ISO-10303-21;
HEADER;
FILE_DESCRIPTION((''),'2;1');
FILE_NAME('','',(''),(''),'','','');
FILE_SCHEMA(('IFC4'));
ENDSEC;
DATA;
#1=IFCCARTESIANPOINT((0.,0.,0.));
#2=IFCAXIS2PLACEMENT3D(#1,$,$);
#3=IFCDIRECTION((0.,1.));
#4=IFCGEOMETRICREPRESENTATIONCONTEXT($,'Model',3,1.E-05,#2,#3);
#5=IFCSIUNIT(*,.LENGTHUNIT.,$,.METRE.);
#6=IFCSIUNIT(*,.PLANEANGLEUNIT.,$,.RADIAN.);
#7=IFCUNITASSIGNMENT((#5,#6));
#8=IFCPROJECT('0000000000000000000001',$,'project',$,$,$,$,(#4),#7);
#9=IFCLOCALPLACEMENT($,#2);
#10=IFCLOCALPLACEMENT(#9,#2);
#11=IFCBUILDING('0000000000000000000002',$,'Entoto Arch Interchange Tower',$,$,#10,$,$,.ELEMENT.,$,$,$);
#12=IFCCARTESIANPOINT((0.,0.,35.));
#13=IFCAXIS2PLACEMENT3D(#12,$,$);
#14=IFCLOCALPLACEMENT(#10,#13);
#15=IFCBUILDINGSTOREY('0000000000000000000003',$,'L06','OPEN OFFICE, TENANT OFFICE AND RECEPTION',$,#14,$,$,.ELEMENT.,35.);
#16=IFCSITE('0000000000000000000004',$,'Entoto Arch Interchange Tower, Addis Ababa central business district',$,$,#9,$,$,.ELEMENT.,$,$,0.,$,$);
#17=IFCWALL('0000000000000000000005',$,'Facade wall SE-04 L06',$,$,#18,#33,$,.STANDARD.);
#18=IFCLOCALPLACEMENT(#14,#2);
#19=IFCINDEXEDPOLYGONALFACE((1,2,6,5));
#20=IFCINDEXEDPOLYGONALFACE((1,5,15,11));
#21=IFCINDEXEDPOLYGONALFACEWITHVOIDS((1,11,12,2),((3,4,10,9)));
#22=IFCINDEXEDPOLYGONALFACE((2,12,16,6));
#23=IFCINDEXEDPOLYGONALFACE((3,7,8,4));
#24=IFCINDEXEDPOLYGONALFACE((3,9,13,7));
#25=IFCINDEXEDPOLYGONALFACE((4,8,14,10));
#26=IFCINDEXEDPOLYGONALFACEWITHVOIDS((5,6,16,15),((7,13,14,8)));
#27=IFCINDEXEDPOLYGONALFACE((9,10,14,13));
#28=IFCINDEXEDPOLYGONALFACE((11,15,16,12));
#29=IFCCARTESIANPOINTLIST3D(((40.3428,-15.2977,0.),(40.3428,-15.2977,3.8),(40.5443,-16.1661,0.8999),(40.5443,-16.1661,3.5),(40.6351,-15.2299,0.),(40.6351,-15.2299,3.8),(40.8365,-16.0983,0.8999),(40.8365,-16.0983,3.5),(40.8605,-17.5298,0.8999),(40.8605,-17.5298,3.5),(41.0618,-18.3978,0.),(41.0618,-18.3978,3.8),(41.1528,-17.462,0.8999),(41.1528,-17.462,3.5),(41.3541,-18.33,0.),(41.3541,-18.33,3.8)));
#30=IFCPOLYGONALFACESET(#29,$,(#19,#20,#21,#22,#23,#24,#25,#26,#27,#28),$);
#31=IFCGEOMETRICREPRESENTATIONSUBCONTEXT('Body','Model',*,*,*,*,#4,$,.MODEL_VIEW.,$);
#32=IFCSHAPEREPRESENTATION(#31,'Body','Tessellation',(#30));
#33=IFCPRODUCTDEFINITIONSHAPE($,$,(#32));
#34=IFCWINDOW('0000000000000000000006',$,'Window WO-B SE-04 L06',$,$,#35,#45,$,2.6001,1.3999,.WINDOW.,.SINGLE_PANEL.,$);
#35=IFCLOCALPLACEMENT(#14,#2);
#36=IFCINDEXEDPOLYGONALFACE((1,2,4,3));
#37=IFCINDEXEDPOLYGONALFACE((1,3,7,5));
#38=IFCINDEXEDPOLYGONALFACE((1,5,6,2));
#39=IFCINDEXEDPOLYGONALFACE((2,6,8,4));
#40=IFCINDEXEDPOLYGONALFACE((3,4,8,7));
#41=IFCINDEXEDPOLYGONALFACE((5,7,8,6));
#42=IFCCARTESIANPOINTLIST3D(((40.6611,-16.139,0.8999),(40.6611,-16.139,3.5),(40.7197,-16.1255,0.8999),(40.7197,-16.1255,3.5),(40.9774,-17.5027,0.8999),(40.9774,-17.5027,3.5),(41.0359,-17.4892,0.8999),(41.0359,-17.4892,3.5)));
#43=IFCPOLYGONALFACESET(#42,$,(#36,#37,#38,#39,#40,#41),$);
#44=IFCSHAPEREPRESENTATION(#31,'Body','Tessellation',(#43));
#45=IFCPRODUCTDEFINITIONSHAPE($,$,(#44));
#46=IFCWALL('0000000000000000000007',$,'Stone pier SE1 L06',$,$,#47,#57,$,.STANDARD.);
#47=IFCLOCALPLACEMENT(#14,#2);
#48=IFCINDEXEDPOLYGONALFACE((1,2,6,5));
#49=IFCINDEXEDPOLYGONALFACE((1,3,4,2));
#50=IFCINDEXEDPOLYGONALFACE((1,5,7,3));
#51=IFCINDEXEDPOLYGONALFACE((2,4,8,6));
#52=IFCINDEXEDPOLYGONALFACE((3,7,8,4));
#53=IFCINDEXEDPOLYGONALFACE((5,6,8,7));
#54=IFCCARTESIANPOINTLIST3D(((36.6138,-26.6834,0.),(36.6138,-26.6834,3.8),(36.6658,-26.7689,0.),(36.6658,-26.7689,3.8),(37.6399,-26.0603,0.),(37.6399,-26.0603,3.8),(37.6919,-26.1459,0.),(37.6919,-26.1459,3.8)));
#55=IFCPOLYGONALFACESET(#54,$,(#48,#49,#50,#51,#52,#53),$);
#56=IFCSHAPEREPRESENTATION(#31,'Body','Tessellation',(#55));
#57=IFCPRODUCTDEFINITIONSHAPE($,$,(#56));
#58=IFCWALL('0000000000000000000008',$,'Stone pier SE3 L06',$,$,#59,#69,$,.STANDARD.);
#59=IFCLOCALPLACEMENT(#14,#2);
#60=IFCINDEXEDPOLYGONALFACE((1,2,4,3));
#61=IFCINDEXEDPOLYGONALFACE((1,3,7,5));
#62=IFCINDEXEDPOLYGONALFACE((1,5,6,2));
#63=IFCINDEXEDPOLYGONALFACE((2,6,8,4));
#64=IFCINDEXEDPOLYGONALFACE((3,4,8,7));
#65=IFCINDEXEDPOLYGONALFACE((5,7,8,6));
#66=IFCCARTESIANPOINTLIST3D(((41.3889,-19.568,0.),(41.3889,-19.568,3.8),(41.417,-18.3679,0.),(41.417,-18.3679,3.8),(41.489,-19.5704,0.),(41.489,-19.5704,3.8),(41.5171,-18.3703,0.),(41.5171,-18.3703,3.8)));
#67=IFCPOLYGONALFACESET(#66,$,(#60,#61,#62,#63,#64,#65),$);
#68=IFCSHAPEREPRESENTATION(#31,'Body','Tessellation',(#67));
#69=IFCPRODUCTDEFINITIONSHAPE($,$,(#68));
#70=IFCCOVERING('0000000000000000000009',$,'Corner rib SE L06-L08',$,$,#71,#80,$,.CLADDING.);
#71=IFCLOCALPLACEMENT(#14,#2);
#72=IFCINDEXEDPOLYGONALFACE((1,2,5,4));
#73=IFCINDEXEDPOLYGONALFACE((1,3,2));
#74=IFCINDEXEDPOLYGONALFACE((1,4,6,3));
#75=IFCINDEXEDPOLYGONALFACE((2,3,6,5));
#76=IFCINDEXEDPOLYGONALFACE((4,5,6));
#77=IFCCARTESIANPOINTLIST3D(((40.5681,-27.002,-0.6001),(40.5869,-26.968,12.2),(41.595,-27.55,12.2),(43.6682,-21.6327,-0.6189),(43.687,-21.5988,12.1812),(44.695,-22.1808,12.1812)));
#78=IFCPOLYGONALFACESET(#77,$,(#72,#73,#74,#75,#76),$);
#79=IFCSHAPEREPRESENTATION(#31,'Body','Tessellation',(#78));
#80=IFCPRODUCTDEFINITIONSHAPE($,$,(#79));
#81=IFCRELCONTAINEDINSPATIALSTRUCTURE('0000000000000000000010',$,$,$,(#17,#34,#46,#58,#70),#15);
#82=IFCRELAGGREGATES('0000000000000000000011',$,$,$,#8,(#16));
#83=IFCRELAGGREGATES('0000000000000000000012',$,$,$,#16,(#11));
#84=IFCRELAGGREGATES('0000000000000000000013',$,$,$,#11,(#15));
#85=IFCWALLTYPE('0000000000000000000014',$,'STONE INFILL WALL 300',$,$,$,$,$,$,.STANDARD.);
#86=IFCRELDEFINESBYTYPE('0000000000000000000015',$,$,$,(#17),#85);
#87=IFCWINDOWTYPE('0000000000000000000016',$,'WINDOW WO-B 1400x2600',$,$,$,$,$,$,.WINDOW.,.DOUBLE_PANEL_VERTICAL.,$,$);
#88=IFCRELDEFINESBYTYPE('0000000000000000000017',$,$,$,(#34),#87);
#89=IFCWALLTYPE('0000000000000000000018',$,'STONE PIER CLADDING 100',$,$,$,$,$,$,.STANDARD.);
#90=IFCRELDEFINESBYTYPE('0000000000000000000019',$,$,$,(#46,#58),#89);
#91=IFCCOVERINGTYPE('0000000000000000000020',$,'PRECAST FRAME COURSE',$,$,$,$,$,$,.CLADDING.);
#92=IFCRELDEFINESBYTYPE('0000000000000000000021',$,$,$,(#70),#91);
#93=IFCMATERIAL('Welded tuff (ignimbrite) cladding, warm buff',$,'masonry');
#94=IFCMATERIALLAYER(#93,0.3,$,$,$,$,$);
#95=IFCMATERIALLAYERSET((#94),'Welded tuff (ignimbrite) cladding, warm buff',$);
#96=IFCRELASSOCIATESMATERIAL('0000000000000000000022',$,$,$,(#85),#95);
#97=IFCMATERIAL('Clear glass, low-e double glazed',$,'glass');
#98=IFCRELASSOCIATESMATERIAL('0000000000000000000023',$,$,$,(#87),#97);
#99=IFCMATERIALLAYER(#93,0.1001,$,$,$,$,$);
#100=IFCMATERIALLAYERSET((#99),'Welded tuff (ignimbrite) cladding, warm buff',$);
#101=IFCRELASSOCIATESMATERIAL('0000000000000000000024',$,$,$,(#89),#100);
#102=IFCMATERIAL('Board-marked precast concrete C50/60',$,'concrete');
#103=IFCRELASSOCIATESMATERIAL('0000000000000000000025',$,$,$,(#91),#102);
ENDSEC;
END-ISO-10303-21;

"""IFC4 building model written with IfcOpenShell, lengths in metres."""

from ifc_helpers import new_model, si_unit, direction, frame, frame_2d, origin, place, context, subcontext, project, spatial, polyline, rectangle, outline, extrude, material, layer, layer_set, type_object, element, fill, save


model = new_model("IFC4")

# Units and contexts
model_context = context("Model", 3, precision=1e-05, world=origin(), true_north=direction((0.0, 1.0)))
body_context = subcontext(model_context, "Body", "Model", "MODEL_VIEW")
ifc_project = project(units=[si_unit("LENGTHUNIT", "METRE"), si_unit("PLANEANGLEUNIT", "RADIAN")], contexts=[model_context])

# Site, building, storey
site_placement = place(None, origin())
site = spatial("IfcSite", under=ifc_project, at=site_placement, Name="Entoto Arch Interchange Tower, Addis Ababa central business district", CompositionType="ELEMENT", RefElevation=0.0)
building_placement = place(site_placement, origin())
building = spatial("IfcBuilding", under=site, at=building_placement, Name="Entoto Arch Interchange Tower", CompositionType="ELEMENT")
storey_placement = place(building_placement, frame((0.0, 0.0, 35.0)))
storey = spatial("IfcBuildingStorey", under=building, at=storey_placement, Name="L06", Description="OPEN OFFICE, TENANT OFFICE AND RECEPTION", CompositionType="ELEMENT", Elevation=35.0)

# Wall, opening, window
ifc_material_1 = material(Name="Welded tuff (ignimbrite) cladding, warm buff", Category="masonry")
ifc_layer_1 = layer(ifc_material_1, 0.3)
ifc_layer_set_1 = layer_set([ifc_layer_1], Name="Welded tuff (ignimbrite) cladding, warm buff")
wall_type_1 = type_object("IfcWallType", Name="STONE INFILL WALL 300", PredefinedType="STANDARD", material=ifc_layer_set_1)
ifc_material_2 = material(Name="Clear glass, low-e double glazed", Category="glass")
window_type = type_object("IfcWindowType", Name="WINDOW WO-B 1400x2600", PartitioningType="DOUBLE_PANEL_VERTICAL", PredefinedType="WINDOW", material=ifc_material_2)
wall_1_placement = place(storey_placement, frame((41.208, -18.364, 0.0), z_axis=(0.0, 0.0, 1.0), x_axis=(-0.22593, 0.974144, 0.0)))
wall_1 = element("IfcWall", 1, at=wall_1_placement, inside=storey, type_object=wall_type_1, Name="Facade wall SE-04 L06", PredefinedType="STANDARD", context=body_context, shape_type="SweptSolid", body=[
    extrude(rectangle(XDim=3.1824, YDim=0.3, at=frame_2d((1.5913, 0.0))), origin(), (0.0, 0.0, 1.0), 3.8),
])
opening_1_placement = place(wall_1_placement, frame((0.8911, 0.0, 0.8999)))
opening_1 = element("IfcOpeningElement", 2, at=opening_1_placement, cuts=wall_1, PredefinedType="OPENING", context=body_context, shape_type="SweptSolid", body=[
    extrude(rectangle(XDim=1.3999, YDim=2.6001, at=frame_2d((0.7, 1.3))), frame((0.0, 0.1602, 0.0), z_axis=(0.0, -1.0, 0.0), x_axis=(1.0, 0.0, 0.0)), (0.0, 0.0, 1.0), 0.3201),
])
window_1_placement = place(opening_1_placement, origin())
window_1 = element("IfcWindow", 3, at=window_1_placement, inside=storey, type_object=window_type, Name="Window WO-B SE-04 L06", OverallHeight=2.6001, OverallWidth=1.3999, PartitioningType="SINGLE_PANEL", PredefinedType="WINDOW", context=body_context, shape_type="SweptSolid", body=[
    extrude(rectangle(XDim=1.3999, YDim=2.6001, at=frame_2d((0.7, 1.3))), frame((0.0, 0.03, 0.0), z_axis=(0.0, -1.0, 0.0), x_axis=(1.0, 0.0, 0.0)), (0.0, 0.0, 1.0), 0.0601),
])
fill(opening_1, window_1)

# Walls
ifc_layer_2 = layer(ifc_material_1, 0.1001)
ifc_layer_set_2 = layer_set([ifc_layer_2], Name="Welded tuff (ignimbrite) cladding, warm buff")
wall_type_2 = type_object("IfcWallType", Name="STONE PIER CLADDING 100", PredefinedType="STANDARD", material=ifc_layer_set_2)
for number, where, z_axis, x_axis, name in (
    (4, (36.6399, -26.7261, 0.0), (0.0, 0.0, 1.0), (0.854771, 0.519005, 0.0), "Stone pier SE1 L06"),
    (5, (41.439, -19.5691, 0.0), (0.0, 0.0, 1.0), (0.023387, 0.999726, 0.0), "Stone pier SE3 L06"),
):
    element("IfcWall", number, at=place(storey_placement, frame(where, z_axis=z_axis, x_axis=x_axis)), inside=storey, type_object=wall_type_2, Name=name, PredefinedType="STANDARD", context=body_context, shape_type="SweptSolid", body=[
        extrude(rectangle(XDim=1.2004, YDim=0.1001, at=frame_2d((0.6001, 0.0))), origin(), (0.0, 0.0, 1.0), 3.8),
    ])

# Covering
ifc_material_3 = material(Name="Board-marked precast concrete C50/60", Category="concrete")
covering_type = type_object("IfcCoveringType", Name="PRECAST FRAME COURSE", PredefinedType="CLADDING", material=ifc_material_3)
covering_placement = place(storey_placement, frame((40.5681, -27.002, -0.6001), z_axis=(-0.500017, -0.86601, 0.00303), x_axis=(0.079893, -0.042644, 0.995891)))
element("IfcCovering", 6, at=covering_placement, inside=storey, type_object=covering_type, Name="Corner rib SE L06-L08", PredefinedType="CLADDING", context=body_context, shape_type="SweptSolid", body=[
    extrude(outline(polyline([(0.0, 0.0), (12.8529, 0.0), (12.7475, 1.1592), (0.0, 0.0)])), origin(), (0.0, 0.0, -1.0), 6.2),
])

save(model, "model.ifc")
